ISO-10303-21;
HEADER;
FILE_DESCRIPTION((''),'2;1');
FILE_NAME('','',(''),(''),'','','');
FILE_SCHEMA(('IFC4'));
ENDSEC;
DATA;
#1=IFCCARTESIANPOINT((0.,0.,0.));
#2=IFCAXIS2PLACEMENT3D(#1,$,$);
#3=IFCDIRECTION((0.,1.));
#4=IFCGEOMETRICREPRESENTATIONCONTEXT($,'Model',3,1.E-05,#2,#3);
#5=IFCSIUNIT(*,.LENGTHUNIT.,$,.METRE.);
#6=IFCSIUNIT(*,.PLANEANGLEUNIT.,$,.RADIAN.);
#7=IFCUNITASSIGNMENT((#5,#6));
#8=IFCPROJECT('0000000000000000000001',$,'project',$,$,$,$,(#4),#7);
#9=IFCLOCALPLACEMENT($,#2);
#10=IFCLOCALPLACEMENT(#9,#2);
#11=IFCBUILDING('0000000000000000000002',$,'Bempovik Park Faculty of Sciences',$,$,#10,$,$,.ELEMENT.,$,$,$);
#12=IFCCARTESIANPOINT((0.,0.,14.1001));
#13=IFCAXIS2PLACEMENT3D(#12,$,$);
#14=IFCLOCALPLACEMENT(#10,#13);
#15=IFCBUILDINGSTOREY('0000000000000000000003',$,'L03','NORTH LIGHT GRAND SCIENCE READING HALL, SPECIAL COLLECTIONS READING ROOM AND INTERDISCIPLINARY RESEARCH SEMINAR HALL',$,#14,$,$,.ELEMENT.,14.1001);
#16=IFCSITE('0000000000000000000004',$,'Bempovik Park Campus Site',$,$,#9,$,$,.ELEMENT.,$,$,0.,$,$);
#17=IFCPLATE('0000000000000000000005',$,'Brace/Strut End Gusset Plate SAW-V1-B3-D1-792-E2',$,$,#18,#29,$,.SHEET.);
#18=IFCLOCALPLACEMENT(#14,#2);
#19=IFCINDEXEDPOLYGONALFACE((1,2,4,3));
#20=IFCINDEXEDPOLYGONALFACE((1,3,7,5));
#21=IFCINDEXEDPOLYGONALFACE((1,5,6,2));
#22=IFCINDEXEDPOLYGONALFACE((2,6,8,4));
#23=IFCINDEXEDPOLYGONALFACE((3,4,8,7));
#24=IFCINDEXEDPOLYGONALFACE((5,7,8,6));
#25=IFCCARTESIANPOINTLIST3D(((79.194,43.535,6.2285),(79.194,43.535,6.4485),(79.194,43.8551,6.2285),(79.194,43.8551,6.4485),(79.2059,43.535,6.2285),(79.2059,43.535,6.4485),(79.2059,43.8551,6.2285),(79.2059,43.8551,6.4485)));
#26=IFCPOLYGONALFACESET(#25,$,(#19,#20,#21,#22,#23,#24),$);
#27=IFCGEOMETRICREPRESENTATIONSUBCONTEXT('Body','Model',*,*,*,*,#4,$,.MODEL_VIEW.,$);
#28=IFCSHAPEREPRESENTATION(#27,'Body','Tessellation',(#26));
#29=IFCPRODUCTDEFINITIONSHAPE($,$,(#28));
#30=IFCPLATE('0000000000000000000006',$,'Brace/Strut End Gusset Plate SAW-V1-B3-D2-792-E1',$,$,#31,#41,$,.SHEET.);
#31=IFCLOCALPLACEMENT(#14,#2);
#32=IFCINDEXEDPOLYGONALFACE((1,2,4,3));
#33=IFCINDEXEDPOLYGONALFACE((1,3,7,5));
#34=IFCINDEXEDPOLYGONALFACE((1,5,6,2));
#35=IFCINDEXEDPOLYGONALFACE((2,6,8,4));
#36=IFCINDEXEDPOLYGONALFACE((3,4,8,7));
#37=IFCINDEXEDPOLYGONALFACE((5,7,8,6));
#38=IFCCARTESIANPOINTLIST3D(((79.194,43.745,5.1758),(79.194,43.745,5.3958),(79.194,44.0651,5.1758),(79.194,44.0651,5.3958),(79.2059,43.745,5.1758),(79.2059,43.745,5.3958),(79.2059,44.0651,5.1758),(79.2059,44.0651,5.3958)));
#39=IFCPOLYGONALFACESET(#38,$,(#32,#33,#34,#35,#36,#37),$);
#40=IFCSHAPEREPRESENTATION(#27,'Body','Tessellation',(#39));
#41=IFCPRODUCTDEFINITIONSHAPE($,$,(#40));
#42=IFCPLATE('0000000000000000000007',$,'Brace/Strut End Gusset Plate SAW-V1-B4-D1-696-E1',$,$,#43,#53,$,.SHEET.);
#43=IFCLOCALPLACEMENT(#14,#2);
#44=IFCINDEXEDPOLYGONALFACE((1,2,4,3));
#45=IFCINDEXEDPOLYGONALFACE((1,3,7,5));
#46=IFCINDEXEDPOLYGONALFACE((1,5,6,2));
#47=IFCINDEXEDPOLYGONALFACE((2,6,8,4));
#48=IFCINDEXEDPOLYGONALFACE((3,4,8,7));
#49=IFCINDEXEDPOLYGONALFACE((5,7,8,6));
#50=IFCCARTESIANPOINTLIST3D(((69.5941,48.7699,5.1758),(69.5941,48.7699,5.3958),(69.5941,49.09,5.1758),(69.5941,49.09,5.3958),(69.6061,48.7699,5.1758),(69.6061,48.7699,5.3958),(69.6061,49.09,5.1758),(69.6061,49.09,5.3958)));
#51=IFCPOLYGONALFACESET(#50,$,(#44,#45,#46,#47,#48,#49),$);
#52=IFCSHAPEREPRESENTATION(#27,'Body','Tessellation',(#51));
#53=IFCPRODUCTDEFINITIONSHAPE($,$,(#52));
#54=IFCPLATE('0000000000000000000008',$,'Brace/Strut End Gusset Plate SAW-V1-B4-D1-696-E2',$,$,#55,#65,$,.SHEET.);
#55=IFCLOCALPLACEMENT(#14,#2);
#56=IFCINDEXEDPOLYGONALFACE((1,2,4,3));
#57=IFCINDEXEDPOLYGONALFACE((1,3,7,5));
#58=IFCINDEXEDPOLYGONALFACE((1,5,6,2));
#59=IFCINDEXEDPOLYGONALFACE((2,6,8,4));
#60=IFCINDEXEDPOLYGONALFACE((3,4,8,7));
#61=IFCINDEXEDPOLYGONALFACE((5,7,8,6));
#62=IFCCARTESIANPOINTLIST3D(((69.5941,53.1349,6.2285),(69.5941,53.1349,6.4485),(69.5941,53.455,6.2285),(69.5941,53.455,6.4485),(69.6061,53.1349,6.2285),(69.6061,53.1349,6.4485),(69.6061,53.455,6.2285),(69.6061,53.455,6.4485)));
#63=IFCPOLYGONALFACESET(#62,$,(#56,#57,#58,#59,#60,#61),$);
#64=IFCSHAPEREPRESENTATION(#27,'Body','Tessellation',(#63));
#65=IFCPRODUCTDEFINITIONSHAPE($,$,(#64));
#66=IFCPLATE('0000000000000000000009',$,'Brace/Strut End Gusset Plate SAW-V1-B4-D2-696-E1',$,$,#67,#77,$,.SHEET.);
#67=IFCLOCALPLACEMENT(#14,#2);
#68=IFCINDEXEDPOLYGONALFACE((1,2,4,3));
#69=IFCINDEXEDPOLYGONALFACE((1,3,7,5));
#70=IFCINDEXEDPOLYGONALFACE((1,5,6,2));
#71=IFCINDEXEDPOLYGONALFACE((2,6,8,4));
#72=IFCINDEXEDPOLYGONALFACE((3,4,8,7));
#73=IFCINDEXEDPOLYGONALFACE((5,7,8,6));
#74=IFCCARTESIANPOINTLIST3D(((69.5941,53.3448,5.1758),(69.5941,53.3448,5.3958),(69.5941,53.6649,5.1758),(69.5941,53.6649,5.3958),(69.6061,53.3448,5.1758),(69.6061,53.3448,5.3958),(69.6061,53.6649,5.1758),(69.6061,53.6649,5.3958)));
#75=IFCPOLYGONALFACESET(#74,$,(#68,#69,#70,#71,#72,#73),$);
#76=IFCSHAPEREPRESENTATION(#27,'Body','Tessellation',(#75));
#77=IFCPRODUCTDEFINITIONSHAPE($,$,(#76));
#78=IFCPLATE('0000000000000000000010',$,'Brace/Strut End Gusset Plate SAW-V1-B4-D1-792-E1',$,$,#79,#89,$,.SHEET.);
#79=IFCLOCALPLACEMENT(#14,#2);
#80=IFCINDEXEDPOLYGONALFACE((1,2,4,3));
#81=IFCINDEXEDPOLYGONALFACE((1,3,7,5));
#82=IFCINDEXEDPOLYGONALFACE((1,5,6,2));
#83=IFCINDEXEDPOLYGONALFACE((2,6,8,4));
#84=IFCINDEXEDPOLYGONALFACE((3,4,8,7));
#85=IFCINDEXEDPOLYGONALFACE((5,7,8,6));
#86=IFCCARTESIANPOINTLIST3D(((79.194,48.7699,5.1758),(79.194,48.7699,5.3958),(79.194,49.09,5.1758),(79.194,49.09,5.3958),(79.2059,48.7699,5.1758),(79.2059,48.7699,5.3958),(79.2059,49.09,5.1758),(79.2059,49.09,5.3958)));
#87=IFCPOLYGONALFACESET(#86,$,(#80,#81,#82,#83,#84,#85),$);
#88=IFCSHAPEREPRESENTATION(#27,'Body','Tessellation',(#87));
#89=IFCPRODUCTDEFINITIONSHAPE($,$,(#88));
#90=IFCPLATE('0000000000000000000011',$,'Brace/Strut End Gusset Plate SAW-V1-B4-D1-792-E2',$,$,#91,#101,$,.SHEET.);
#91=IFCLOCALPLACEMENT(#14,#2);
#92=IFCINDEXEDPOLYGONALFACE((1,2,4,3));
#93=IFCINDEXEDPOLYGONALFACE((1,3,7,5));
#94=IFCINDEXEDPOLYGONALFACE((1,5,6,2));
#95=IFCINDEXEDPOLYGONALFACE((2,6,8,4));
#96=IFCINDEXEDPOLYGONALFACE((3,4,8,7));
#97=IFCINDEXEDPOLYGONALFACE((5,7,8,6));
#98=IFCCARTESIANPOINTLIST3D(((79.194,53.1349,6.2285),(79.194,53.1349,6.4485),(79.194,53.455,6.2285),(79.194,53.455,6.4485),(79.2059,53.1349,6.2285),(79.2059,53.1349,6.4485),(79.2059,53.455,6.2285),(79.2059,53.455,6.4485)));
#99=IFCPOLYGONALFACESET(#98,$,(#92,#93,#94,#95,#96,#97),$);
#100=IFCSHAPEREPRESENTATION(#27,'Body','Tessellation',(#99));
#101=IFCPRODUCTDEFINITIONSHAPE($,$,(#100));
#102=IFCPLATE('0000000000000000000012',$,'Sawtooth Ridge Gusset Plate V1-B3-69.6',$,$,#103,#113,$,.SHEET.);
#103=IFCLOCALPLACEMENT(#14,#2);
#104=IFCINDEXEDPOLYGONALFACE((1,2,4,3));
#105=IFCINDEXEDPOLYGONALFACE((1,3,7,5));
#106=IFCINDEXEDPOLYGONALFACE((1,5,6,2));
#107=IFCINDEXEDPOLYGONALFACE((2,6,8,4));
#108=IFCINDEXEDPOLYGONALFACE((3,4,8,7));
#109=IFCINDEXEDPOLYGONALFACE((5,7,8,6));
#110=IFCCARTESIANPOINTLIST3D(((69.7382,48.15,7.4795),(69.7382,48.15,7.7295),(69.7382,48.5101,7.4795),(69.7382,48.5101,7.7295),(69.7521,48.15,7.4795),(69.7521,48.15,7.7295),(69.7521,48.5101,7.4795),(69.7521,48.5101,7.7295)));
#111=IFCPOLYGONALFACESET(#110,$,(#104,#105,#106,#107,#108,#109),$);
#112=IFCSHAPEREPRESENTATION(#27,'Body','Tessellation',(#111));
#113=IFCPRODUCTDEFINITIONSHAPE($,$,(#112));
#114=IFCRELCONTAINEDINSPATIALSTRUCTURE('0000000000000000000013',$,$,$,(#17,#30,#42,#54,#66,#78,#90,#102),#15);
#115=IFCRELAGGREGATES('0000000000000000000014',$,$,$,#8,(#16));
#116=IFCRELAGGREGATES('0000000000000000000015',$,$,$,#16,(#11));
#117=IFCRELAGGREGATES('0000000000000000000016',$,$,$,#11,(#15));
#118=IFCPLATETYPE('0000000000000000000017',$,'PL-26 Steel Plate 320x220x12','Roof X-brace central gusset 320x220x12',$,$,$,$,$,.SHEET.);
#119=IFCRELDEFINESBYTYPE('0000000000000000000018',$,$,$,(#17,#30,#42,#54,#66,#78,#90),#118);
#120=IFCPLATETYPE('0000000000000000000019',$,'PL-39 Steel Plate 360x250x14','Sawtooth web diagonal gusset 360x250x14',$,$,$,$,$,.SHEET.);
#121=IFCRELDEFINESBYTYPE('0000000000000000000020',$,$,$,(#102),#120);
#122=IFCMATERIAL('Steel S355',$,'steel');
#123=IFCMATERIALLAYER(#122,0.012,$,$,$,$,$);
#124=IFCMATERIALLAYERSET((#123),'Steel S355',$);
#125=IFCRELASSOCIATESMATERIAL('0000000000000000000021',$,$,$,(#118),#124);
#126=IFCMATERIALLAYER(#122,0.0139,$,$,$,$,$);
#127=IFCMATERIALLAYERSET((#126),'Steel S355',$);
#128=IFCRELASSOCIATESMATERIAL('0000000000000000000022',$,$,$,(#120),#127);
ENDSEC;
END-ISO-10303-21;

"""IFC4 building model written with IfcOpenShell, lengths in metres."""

from ifc_helpers import new_model, si_unit, direction, frame, origin, origin_2d, place, context, subcontext, project, spatial, rectangle, extrude, material, layer, layer_set, type_object, element, save


model = new_model("IFC4")

# Units and contexts
model_context = context("Model", 3, precision=1e-05, world=origin(), true_north=direction((0.0, 1.0)))
body_context = subcontext(model_context, "Body", "Model", "MODEL_VIEW")
ifc_project = project(units=[si_unit("LENGTHUNIT", "METRE"), si_unit("PLANEANGLEUNIT", "RADIAN")], contexts=[model_context])

# Site, building, storey
site_placement = place(None, origin())
site = spatial("IfcSite", under=ifc_project, at=site_placement, Name="Bempovik Park Campus Site", CompositionType="ELEMENT", RefElevation=0.0)
building_placement = place(site_placement, origin())
building = spatial("IfcBuilding", under=site, at=building_placement, Name="Bempovik Park Faculty of Sciences", CompositionType="ELEMENT")
storey_placement = place(building_placement, frame((0.0, 0.0, 14.1001)))
storey = spatial("IfcBuildingStorey", under=building, at=storey_placement, Name="L03", Description="NORTH LIGHT GRAND SCIENCE READING HALL, SPECIAL COLLECTIONS READING ROOM AND INTERDISCIPLINARY RESEARCH SEMINAR HALL", CompositionType="ELEMENT", Elevation=14.1001)

# Shared definitions
ifc_material_1 = material(Name="Steel S355", Category="steel")

# Plates
ifc_layer_1 = layer(ifc_material_1, 0.012)
ifc_layer_set_1 = layer_set([ifc_layer_1], Name="Steel S355")
plate_type_1 = type_object("IfcPlateType", Name="PL-26 Steel Plate 320x220x12", Description="Roof X-brace central gusset 320x220x12", PredefinedType="SHEET", material=ifc_layer_set_1)
for number, where, z_axis, x_axis, name in (
    (1, (79.2, 43.6951, 6.2285), (0.0, 0.0, 1.0), (1.0, 0.0, 0.0), "Brace/Strut End Gusset Plate SAW-V1-B3-D1-792-E2"),
    (2, (79.2, 43.905, 5.1758), (0.0, 0.0, 1.0), (1.0, 0.0, 0.0), "Brace/Strut End Gusset Plate SAW-V1-B3-D2-792-E1"),
    (3, (69.6001, 48.9299, 5.1758), (0.0, 0.0, 1.0), (1.0, 0.0, 0.0), "Brace/Strut End Gusset Plate SAW-V1-B4-D1-696-E1"),
    (4, (69.6001, 53.2949, 6.2285), (0.0, 0.0, 1.0), (1.0, 0.0, 0.0), "Brace/Strut End Gusset Plate SAW-V1-B4-D1-696-E2"),
    (5, (69.6001, 53.5049, 5.1758), (0.0, 0.0, 1.0), (1.0, 0.0, 0.0), "Brace/Strut End Gusset Plate SAW-V1-B4-D2-696-E1"),
    (6, (79.2, 48.9299, 5.1758), (0.0, 0.0, 1.0), (1.0, 0.0, 0.0), "Brace/Strut End Gusset Plate SAW-V1-B4-D1-792-E1"),
    (7, (79.2, 53.2949, 6.2285), (0.0, 0.0, 1.0), (1.0, 0.0, 0.0), "Brace/Strut End Gusset Plate SAW-V1-B4-D1-792-E2"),
):
    element("IfcPlate", number, at=place(storey_placement, frame(where, z_axis=z_axis, x_axis=x_axis)), inside=storey, type_object=plate_type_1, Name=name, PredefinedType="SHEET", context=body_context, shape_type="SweptSolid", body=[
        extrude(rectangle(XDim=0.012, YDim=0.3201, at=origin_2d()), origin(), (0.0, 0.0, 1.0), 0.22),
    ])
ifc_layer_2 = layer(ifc_material_1, 0.0139)
ifc_layer_set_2 = layer_set([ifc_layer_2], Name="Steel S355")
plate_type_2 = type_object("IfcPlateType", Name="PL-39 Steel Plate 360x250x14", Description="Sawtooth web diagonal gusset 360x250x14", PredefinedType="SHEET", material=ifc_layer_set_2)
plate_1_placement = place(storey_placement, frame((69.7451, 48.3301, 7.4795), z_axis=(0.0, 0.0, 1.0), x_axis=(1.0, 0.0, 0.0)))
element("IfcPlate", 8, at=plate_1_placement, inside=storey, type_object=plate_type_2, Name="Sawtooth Ridge Gusset Plate V1-B3-69.6", PredefinedType="SHEET", context=body_context, shape_type="SweptSolid", body=[
    extrude(rectangle(XDim=0.0139, YDim=0.3601, at=origin_2d()), origin(), (0.0, 0.0, 1.0), 0.25),
])

save(model, "model.ifc")
